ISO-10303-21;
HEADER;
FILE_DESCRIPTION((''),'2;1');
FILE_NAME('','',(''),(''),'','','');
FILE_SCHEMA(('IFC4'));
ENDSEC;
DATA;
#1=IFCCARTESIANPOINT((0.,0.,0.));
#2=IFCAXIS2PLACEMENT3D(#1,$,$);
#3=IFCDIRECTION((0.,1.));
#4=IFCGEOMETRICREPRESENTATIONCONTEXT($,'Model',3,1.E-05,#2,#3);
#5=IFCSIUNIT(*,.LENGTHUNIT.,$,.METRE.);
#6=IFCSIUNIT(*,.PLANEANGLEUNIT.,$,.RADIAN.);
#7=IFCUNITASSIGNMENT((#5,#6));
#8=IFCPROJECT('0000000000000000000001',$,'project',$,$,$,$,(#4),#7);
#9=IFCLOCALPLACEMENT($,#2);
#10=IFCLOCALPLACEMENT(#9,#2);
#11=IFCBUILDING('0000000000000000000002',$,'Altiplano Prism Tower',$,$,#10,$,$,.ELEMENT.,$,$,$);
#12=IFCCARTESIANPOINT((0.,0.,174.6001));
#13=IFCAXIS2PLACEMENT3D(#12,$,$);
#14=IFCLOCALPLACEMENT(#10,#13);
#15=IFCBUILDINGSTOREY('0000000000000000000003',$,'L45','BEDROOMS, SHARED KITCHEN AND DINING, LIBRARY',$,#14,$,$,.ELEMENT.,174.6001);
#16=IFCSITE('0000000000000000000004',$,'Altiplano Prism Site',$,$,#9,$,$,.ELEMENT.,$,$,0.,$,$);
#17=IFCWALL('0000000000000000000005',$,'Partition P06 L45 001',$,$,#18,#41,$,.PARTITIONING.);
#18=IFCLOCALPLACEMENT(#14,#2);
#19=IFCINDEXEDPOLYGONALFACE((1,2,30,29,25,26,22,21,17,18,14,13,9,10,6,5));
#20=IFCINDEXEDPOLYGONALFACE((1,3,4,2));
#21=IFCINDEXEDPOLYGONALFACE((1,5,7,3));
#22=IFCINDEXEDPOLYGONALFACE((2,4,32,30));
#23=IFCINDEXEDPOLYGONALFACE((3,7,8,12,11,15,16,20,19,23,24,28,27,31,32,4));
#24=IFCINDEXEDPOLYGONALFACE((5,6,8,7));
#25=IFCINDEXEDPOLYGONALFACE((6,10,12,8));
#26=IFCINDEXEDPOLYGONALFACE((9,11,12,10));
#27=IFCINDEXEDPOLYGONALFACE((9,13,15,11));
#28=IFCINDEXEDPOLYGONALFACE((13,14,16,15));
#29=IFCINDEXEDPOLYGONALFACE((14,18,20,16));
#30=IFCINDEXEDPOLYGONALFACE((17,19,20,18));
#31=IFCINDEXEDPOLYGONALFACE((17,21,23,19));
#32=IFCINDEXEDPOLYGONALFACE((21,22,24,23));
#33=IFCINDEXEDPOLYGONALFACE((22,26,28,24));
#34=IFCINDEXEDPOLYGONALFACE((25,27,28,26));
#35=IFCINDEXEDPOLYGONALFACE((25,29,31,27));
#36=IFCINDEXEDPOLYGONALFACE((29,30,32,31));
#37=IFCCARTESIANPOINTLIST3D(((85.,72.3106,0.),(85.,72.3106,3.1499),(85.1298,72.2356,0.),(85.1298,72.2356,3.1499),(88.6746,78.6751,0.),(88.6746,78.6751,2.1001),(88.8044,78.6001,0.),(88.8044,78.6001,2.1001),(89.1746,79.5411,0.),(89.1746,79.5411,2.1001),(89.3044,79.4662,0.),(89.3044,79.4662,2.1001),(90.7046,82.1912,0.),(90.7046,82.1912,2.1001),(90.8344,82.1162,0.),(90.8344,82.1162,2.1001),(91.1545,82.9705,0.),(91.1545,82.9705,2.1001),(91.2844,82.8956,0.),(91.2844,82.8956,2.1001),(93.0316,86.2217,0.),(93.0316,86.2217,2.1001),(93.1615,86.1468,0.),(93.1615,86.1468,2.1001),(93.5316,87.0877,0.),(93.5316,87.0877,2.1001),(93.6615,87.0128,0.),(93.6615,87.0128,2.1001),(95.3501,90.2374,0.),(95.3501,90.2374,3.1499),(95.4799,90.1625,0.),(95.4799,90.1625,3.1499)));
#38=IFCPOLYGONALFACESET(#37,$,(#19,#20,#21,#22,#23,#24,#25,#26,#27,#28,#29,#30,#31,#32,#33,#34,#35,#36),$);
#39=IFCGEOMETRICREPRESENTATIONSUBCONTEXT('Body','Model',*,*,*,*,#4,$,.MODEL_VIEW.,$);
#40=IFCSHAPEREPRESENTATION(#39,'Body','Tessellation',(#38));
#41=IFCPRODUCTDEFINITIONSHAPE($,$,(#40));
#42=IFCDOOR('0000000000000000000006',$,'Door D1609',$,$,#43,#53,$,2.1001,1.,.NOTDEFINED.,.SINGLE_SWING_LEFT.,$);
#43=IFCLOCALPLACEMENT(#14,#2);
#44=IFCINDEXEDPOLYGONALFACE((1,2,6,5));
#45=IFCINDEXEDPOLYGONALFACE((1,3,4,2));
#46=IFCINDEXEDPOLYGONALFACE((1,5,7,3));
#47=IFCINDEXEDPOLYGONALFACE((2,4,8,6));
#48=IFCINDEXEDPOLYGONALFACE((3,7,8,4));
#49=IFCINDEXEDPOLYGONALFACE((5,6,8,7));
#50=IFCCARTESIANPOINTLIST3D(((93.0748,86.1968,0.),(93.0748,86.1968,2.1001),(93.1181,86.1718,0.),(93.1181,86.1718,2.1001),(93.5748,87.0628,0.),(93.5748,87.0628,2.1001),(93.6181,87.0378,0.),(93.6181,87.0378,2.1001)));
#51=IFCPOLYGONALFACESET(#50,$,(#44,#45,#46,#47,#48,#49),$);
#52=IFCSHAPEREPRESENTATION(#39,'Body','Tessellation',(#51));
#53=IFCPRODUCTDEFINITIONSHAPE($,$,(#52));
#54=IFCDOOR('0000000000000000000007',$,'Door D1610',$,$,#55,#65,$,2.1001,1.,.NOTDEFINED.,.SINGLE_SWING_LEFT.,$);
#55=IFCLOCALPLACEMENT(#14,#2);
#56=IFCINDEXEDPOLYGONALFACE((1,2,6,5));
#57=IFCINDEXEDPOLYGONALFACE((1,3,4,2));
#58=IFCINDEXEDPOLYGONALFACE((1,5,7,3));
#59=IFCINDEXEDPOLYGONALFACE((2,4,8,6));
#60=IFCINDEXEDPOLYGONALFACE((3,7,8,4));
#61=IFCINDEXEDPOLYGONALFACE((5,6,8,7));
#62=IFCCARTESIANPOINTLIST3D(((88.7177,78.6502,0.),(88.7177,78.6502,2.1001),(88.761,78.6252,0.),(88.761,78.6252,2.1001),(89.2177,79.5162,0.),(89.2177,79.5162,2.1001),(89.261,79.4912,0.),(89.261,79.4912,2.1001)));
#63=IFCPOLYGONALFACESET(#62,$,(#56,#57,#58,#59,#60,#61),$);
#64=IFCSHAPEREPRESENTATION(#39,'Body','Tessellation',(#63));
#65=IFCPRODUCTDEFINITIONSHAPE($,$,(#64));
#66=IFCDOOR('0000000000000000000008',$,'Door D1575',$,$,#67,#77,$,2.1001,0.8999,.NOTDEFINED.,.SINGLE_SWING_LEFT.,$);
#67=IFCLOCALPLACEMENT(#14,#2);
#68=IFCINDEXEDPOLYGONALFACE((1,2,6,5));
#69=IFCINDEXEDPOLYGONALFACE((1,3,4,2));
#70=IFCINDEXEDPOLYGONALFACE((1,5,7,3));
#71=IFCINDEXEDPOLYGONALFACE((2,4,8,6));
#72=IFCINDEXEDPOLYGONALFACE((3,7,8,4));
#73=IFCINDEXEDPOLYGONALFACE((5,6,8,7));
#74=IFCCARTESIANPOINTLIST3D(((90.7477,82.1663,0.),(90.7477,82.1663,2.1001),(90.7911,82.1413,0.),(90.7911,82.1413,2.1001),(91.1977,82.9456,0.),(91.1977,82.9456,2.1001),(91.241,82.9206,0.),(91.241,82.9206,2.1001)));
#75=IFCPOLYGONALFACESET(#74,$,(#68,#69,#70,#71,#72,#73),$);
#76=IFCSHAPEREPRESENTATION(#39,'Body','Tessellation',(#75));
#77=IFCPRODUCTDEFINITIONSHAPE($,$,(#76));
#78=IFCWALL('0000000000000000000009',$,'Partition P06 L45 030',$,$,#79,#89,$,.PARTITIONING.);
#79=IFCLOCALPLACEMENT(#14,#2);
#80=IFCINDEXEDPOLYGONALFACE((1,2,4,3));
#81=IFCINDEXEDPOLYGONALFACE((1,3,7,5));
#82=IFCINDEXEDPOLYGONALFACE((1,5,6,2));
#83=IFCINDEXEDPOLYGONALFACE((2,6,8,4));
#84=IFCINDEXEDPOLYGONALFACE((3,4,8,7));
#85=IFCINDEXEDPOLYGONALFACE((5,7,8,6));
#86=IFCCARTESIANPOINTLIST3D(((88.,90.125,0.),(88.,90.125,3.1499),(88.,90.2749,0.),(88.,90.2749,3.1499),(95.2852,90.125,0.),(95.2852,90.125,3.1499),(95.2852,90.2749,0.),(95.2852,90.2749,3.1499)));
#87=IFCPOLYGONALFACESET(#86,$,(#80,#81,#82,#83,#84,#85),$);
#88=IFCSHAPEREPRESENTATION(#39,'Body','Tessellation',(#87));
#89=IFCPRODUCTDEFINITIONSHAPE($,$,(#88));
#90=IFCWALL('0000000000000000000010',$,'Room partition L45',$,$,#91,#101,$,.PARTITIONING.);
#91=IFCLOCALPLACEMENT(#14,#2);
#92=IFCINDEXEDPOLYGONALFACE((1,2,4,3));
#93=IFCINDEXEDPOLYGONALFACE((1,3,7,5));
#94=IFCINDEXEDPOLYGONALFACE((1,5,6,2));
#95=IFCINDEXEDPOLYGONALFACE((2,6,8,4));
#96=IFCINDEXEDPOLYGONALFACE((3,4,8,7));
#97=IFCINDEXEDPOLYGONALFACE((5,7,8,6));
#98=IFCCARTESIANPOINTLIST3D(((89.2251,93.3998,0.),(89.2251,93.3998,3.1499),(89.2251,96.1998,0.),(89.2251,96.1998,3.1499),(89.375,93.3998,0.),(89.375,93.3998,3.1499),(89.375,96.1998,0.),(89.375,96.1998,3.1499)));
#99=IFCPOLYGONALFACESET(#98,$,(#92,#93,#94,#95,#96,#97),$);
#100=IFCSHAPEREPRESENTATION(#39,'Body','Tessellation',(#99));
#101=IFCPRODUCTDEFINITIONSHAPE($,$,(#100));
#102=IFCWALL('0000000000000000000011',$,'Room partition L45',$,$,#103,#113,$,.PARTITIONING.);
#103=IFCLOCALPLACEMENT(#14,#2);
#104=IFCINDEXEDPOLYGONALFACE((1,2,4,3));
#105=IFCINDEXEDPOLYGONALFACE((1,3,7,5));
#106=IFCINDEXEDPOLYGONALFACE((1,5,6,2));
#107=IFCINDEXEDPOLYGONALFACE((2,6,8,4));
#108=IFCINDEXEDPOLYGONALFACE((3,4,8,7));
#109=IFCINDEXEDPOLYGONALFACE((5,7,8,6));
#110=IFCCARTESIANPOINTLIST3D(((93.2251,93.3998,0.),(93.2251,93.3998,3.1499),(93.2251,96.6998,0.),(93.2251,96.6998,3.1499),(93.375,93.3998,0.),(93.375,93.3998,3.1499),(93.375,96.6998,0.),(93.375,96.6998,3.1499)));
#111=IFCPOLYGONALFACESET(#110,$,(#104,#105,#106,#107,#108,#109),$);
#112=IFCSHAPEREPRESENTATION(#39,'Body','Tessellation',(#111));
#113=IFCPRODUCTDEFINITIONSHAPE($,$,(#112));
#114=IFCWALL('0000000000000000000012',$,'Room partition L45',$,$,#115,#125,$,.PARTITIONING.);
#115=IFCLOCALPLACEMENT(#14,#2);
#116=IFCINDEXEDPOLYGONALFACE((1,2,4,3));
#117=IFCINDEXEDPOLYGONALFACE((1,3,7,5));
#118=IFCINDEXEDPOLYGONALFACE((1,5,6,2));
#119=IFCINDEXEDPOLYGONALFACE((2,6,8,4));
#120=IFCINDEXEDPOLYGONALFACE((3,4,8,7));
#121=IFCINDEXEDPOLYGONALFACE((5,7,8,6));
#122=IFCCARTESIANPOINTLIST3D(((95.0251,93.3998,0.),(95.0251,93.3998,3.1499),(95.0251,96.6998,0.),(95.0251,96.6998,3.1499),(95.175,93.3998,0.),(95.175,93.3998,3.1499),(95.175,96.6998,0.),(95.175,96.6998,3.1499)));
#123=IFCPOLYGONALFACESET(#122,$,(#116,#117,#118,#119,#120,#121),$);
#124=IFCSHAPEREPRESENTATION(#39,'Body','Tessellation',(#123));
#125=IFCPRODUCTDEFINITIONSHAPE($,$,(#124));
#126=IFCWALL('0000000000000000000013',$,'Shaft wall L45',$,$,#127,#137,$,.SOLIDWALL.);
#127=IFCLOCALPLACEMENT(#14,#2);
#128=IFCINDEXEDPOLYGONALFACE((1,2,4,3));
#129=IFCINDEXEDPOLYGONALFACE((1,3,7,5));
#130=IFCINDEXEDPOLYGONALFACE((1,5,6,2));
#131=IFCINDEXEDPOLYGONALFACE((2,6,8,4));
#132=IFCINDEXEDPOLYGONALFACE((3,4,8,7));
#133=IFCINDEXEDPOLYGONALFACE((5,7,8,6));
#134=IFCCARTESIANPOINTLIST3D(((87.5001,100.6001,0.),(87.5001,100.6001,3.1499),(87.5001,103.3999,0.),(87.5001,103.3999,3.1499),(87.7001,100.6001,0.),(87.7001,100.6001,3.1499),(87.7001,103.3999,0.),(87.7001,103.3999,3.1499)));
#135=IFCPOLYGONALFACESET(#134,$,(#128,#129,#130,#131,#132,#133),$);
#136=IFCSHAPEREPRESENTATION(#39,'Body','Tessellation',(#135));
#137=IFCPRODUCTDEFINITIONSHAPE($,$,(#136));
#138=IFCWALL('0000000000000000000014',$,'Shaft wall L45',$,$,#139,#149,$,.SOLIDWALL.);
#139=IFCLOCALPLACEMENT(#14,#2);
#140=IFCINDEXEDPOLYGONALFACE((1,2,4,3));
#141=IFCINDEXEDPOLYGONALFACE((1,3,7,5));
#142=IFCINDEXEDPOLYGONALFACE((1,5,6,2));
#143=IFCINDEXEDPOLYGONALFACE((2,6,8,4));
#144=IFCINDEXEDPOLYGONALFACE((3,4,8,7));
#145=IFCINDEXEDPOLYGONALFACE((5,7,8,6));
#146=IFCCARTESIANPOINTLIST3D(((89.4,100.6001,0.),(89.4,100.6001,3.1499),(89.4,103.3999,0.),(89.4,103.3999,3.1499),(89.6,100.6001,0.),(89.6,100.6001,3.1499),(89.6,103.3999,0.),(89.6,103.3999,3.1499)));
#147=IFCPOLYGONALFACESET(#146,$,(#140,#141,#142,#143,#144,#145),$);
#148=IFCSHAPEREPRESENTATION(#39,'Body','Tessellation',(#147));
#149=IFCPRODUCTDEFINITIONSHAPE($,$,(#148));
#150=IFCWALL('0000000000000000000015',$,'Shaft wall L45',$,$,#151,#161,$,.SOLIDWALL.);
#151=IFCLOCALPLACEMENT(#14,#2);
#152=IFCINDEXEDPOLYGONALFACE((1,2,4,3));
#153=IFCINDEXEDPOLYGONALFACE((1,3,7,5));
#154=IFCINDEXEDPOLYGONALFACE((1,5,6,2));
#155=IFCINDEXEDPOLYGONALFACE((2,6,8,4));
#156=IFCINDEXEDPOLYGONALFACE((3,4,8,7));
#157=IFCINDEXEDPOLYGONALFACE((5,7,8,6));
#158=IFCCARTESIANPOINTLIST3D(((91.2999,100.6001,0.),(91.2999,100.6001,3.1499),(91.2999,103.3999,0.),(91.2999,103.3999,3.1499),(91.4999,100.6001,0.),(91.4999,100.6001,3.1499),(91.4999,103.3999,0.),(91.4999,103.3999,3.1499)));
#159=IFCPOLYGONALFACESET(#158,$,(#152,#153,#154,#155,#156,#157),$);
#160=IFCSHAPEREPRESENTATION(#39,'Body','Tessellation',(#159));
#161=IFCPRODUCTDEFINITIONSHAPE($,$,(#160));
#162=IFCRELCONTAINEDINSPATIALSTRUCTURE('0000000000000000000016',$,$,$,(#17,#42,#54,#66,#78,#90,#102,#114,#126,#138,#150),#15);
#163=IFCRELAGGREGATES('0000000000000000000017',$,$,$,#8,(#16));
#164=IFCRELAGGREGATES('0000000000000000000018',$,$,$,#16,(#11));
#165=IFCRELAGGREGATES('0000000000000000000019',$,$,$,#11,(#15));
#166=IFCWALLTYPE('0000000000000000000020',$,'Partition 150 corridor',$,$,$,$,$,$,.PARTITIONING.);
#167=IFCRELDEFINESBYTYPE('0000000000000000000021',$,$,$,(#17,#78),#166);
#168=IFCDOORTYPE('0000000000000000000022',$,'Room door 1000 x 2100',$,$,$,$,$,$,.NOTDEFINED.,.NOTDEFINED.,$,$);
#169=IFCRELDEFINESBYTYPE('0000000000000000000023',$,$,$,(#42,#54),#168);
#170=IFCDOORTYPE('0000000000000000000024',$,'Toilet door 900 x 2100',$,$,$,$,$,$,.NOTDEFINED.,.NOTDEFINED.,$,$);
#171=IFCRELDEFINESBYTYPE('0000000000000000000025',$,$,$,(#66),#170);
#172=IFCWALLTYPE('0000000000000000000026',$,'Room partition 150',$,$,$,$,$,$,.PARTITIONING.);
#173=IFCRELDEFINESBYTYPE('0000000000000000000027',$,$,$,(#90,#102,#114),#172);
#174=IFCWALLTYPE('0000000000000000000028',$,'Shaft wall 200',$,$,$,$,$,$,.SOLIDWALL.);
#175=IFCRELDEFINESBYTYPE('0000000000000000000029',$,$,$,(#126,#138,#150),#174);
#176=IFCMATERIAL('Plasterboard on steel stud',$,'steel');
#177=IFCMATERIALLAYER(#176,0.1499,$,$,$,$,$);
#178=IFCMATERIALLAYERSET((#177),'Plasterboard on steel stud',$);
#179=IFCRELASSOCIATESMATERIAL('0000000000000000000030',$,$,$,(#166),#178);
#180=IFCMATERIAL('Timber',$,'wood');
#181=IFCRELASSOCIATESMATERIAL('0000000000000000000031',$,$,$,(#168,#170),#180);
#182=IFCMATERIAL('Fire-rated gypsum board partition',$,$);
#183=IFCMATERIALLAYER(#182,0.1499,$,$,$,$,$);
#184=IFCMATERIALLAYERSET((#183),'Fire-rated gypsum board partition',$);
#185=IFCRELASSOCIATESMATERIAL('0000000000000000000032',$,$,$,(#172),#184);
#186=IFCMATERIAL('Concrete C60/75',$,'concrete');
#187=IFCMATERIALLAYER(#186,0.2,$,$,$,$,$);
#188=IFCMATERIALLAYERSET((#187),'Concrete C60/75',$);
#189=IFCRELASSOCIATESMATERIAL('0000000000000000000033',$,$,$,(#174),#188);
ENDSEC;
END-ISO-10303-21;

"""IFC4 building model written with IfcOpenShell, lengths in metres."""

from ifc_helpers import new_model, si_unit, direction, frame, frame_2d, origin, place, context, subcontext, project, spatial, rectangle, extrude, material, layer, layer_set, type_object, element, fill, save


model = new_model("IFC4")

# Units and contexts
model_context = context("Model", 3, precision=1e-05, world=origin(), true_north=direction((0.0, 1.0)))
body_context = subcontext(model_context, "Body", "Model", "MODEL_VIEW")
ifc_project = project(units=[si_unit("LENGTHUNIT", "METRE"), si_unit("PLANEANGLEUNIT", "RADIAN")], contexts=[model_context])

# Site, building, storey
site_placement = place(None, origin())
site = spatial("IfcSite", under=ifc_project, at=site_placement, Name="Altiplano Prism Site", CompositionType="ELEMENT", RefElevation=0.0)
building_placement = place(site_placement, origin())
building = spatial("IfcBuilding", under=site, at=building_placement, Name="Altiplano Prism Tower", CompositionType="ELEMENT")
storey_placement = place(building_placement, frame((0.0, 0.0, 174.6001)))
storey = spatial("IfcBuildingStorey", under=building, at=storey_placement, Name="L45", Description="BEDROOMS, SHARED KITCHEN AND DINING, LIBRARY", CompositionType="ELEMENT", Elevation=174.6001)

# Wall, openings, doors
ifc_material_1 = material(Name="Plasterboard on steel stud", Category="steel")
ifc_layer_1 = layer(ifc_material_1, 0.1499)
ifc_layer_set_1 = layer_set([ifc_layer_1], Name="Plasterboard on steel stud")
wall_type_1 = type_object("IfcWallType", Name="Partition 150 corridor", PredefinedType="PARTITIONING", material=ifc_layer_set_1)
wall_1_placement = place(storey_placement, frame((95.415, 90.2, 0.0), z_axis=(0.0, 0.0, 1.0), x_axis=(-0.500003, -0.866024, 0.0)))
wall_1 = element("IfcWall", 1, at=wall_1_placement, inside=storey, type_object=wall_type_1, Name="Partition P06 L45 001", PredefinedType="PARTITIONING", context=body_context, shape_type="SweptSolid", body=[
    extrude(rectangle(XDim=20.7002, YDim=0.1499, at=frame_2d((10.3501, 0.0))), origin(), (0.0, 0.0, 1.0), 3.1499),
])
opening_1_placement = place(wall_1_placement, frame((8.3911, 0.0, 0.0)))
opening_1 = element("IfcOpeningElement", 2, at=opening_1_placement, cuts=wall_1, PredefinedType="OPENING", context=body_context, shape_type="SweptSolid", body=[
    extrude(rectangle(XDim=0.8999, YDim=2.1001, at=frame_2d((0.45, 1.05))), frame((0.0, 0.0854, 0.0), z_axis=(0.0, -1.0, 0.0), x_axis=(1.0, 0.0, 0.0)), (0.0, 0.0, 1.0), 0.1709),
])
opening_2_placement = place(wall_1_placement, frame((3.637, 0.0, 0.0)))
opening_2 = element("IfcOpeningElement", 3, at=opening_2_placement, cuts=wall_1, PredefinedType="OPENING", context=body_context, shape_type="SweptSolid", body=[
    extrude(rectangle(XDim=1.0, YDim=2.1001, at=frame_2d((0.5, 1.05))), frame((0.0, 0.0854, 0.0), z_axis=(0.0, -1.0, 0.0), x_axis=(1.0, 0.0, 0.0)), (0.0, 0.0, 1.0), 0.1709),
])
opening_3_placement = place(wall_1_placement, frame((12.3511, 0.0, 0.0)))
opening_3 = element("IfcOpeningElement", 4, at=opening_3_placement, cuts=wall_1, PredefinedType="OPENING", context=body_context, shape_type="SweptSolid", body=[
    extrude(rectangle(XDim=1.0, YDim=2.1001, at=frame_2d((0.5, 1.05))), frame((0.0, 0.0854, 0.0), z_axis=(0.0, -1.0, 0.0), x_axis=(1.0, 0.0, 0.0)), (0.0, 0.0, 1.0), 0.1709),
])
ifc_material_2 = material(Name="Timber", Category="wood")
door_type_1 = type_object("IfcDoorType", Name="Room door 1000 x 2100", OperationType="NOTDEFINED", PredefinedType="NOTDEFINED", material=ifc_material_2)
door_1_placement = place(opening_2_placement, origin())
door_1 = element("IfcDoor", 5, at=door_1_placement, inside=storey, type_object=door_type_1, Name="Door D1609", OperationType="SINGLE_SWING_LEFT", OverallHeight=2.1001, OverallWidth=1.0, PredefinedType="NOTDEFINED", context=body_context, shape_type="SweptSolid", body=[
    extrude(rectangle(XDim=1.0, YDim=2.1001, at=frame_2d((0.5, 1.05))), frame((0.0, 0.0249, 0.0), z_axis=(0.0, -1.0, 0.0), x_axis=(1.0, 0.0, 0.0)), (0.0, 0.0, 1.0), 0.05),
])
fill(opening_2, door_1)
door_2_placement = place(opening_3_placement, origin())
door_2 = element("IfcDoor", 6, at=door_2_placement, inside=storey, type_object=door_type_1, Name="Door D1610", OperationType="SINGLE_SWING_LEFT", OverallHeight=2.1001, OverallWidth=1.0, PredefinedType="NOTDEFINED", context=body_context, shape_type="SweptSolid", body=[
    extrude(rectangle(XDim=1.0, YDim=2.1001, at=frame_2d((0.5, 1.05))), frame((0.0, 0.0249, 0.0), z_axis=(0.0, -1.0, 0.0), x_axis=(1.0, 0.0, 0.0)), (0.0, 0.0, 1.0), 0.05),
])
fill(opening_3, door_2)
door_type_2 = type_object("IfcDoorType", Name="Toilet door 900 x 2100", OperationType="NOTDEFINED", PredefinedType="NOTDEFINED", material=ifc_material_2)
door_3_placement = place(opening_1_placement, origin())
door_3 = element("IfcDoor", 7, at=door_3_placement, inside=storey, type_object=door_type_2, Name="Door D1575", OperationType="SINGLE_SWING_LEFT", OverallHeight=2.1001, OverallWidth=0.8999, PredefinedType="NOTDEFINED", context=body_context, shape_type="SweptSolid", body=[
    extrude(rectangle(XDim=0.8999, YDim=2.1001, at=frame_2d((0.45, 1.05))), frame((0.0, 0.0249, 0.0), z_axis=(0.0, -1.0, 0.0), x_axis=(1.0, 0.0, 0.0)), (0.0, 0.0, 1.0), 0.05),
])
fill(opening_1, door_3)

# Walls
wall_2_placement = place(storey_placement, frame((88.0, 90.2, 0.0), z_axis=(0.0, 0.0, 1.0), x_axis=(1.0, 0.0, 0.0)))
element("IfcWall", 8, at=wall_2_placement, inside=storey, type_object=wall_type_1, Name="Partition P06 L45 030", PredefinedType="PARTITIONING", context=body_context, shape_type="SweptSolid", body=[
    extrude(rectangle(XDim=7.2852, YDim=0.1499, at=frame_2d((3.6426, 0.0))), origin(), (0.0, 0.0, 1.0), 3.1499),
])
ifc_material_3 = material(Name="Fire-rated gypsum board partition")
ifc_layer_2 = layer(ifc_material_3, 0.1499)
ifc_layer_set_2 = layer_set([ifc_layer_2], Name="Fire-rated gypsum board partition")
wall_type_2 = type_object("IfcWallType", Name="Room partition 150", PredefinedType="PARTITIONING", material=ifc_layer_set_2)
wall_3_placement = place(storey_placement, frame((89.3, 93.3999, 0.0), z_axis=(0.0, 0.0, 1.0), x_axis=(0.0, 1.0, 0.0)))
element("IfcWall", 9, at=wall_3_placement, inside=storey, type_object=wall_type_2, Name="Room partition L45", PredefinedType="PARTITIONING", context=body_context, shape_type="SweptSolid", body=[
    extrude(rectangle(XDim=2.8, YDim=0.1499, at=frame_2d((1.3999, 0.0))), origin(), (0.0, 0.0, 1.0), 3.1499),
])
for number, where, z_axis, x_axis, name in (
    (10, (93.3, 93.3999, 0.0), (0.0, 0.0, 1.0), (0.0, 1.0, 0.0), "Room partition L45"),
    (11, (95.1001, 93.3999, 0.0), (0.0, 0.0, 1.0), (0.0, 1.0, 0.0), "Room partition L45"),
):
    element("IfcWall", number, at=place(storey_placement, frame(where, z_axis=z_axis, x_axis=x_axis)), inside=storey, type_object=wall_type_2, Name=name, PredefinedType="PARTITIONING", context=body_context, shape_type="SweptSolid", body=[
        extrude(rectangle(XDim=3.3, YDim=0.1499, at=frame_2d((1.6499, 0.0))), origin(), (0.0, 0.0, 1.0), 3.1499),
    ])
ifc_material_4 = material(Name="Concrete C60/75", Category="concrete")
ifc_layer_3 = layer(ifc_material_4, 0.2)
ifc_layer_set_3 = layer_set([ifc_layer_3], Name="Concrete C60/75")
wall_type_3 = type_object("IfcWallType", Name="Shaft wall 200", PredefinedType="SOLIDWALL", material=ifc_layer_set_3)
for number, where, z_axis, x_axis, name in (
    (12, (87.6001, 100.6001, 0.0), (0.0, 0.0, 1.0), (0.0, 1.0, 0.0), "Shaft wall L45"),
    (13, (89.5, 100.6001, 0.0), (0.0, 0.0, 1.0), (0.0, 1.0, 0.0), "Shaft wall L45"),
    (14, (91.3999, 100.6001, 0.0), (0.0, 0.0, 1.0), (0.0, 1.0, 0.0), "Shaft wall L45"),
):
    element("IfcWall", number, at=place(storey_placement, frame(where, z_axis=z_axis, x_axis=x_axis)), inside=storey, type_object=wall_type_3, Name=name, PredefinedType="SOLIDWALL", context=body_context, shape_type="SweptSolid", body=[
        extrude(rectangle(XDim=2.7998, YDim=0.2, at=frame_2d((1.3999, 0.0))), origin(), (0.0, 0.0, 1.0), 3.1499),
    ])

save(model, "model.ifc")
